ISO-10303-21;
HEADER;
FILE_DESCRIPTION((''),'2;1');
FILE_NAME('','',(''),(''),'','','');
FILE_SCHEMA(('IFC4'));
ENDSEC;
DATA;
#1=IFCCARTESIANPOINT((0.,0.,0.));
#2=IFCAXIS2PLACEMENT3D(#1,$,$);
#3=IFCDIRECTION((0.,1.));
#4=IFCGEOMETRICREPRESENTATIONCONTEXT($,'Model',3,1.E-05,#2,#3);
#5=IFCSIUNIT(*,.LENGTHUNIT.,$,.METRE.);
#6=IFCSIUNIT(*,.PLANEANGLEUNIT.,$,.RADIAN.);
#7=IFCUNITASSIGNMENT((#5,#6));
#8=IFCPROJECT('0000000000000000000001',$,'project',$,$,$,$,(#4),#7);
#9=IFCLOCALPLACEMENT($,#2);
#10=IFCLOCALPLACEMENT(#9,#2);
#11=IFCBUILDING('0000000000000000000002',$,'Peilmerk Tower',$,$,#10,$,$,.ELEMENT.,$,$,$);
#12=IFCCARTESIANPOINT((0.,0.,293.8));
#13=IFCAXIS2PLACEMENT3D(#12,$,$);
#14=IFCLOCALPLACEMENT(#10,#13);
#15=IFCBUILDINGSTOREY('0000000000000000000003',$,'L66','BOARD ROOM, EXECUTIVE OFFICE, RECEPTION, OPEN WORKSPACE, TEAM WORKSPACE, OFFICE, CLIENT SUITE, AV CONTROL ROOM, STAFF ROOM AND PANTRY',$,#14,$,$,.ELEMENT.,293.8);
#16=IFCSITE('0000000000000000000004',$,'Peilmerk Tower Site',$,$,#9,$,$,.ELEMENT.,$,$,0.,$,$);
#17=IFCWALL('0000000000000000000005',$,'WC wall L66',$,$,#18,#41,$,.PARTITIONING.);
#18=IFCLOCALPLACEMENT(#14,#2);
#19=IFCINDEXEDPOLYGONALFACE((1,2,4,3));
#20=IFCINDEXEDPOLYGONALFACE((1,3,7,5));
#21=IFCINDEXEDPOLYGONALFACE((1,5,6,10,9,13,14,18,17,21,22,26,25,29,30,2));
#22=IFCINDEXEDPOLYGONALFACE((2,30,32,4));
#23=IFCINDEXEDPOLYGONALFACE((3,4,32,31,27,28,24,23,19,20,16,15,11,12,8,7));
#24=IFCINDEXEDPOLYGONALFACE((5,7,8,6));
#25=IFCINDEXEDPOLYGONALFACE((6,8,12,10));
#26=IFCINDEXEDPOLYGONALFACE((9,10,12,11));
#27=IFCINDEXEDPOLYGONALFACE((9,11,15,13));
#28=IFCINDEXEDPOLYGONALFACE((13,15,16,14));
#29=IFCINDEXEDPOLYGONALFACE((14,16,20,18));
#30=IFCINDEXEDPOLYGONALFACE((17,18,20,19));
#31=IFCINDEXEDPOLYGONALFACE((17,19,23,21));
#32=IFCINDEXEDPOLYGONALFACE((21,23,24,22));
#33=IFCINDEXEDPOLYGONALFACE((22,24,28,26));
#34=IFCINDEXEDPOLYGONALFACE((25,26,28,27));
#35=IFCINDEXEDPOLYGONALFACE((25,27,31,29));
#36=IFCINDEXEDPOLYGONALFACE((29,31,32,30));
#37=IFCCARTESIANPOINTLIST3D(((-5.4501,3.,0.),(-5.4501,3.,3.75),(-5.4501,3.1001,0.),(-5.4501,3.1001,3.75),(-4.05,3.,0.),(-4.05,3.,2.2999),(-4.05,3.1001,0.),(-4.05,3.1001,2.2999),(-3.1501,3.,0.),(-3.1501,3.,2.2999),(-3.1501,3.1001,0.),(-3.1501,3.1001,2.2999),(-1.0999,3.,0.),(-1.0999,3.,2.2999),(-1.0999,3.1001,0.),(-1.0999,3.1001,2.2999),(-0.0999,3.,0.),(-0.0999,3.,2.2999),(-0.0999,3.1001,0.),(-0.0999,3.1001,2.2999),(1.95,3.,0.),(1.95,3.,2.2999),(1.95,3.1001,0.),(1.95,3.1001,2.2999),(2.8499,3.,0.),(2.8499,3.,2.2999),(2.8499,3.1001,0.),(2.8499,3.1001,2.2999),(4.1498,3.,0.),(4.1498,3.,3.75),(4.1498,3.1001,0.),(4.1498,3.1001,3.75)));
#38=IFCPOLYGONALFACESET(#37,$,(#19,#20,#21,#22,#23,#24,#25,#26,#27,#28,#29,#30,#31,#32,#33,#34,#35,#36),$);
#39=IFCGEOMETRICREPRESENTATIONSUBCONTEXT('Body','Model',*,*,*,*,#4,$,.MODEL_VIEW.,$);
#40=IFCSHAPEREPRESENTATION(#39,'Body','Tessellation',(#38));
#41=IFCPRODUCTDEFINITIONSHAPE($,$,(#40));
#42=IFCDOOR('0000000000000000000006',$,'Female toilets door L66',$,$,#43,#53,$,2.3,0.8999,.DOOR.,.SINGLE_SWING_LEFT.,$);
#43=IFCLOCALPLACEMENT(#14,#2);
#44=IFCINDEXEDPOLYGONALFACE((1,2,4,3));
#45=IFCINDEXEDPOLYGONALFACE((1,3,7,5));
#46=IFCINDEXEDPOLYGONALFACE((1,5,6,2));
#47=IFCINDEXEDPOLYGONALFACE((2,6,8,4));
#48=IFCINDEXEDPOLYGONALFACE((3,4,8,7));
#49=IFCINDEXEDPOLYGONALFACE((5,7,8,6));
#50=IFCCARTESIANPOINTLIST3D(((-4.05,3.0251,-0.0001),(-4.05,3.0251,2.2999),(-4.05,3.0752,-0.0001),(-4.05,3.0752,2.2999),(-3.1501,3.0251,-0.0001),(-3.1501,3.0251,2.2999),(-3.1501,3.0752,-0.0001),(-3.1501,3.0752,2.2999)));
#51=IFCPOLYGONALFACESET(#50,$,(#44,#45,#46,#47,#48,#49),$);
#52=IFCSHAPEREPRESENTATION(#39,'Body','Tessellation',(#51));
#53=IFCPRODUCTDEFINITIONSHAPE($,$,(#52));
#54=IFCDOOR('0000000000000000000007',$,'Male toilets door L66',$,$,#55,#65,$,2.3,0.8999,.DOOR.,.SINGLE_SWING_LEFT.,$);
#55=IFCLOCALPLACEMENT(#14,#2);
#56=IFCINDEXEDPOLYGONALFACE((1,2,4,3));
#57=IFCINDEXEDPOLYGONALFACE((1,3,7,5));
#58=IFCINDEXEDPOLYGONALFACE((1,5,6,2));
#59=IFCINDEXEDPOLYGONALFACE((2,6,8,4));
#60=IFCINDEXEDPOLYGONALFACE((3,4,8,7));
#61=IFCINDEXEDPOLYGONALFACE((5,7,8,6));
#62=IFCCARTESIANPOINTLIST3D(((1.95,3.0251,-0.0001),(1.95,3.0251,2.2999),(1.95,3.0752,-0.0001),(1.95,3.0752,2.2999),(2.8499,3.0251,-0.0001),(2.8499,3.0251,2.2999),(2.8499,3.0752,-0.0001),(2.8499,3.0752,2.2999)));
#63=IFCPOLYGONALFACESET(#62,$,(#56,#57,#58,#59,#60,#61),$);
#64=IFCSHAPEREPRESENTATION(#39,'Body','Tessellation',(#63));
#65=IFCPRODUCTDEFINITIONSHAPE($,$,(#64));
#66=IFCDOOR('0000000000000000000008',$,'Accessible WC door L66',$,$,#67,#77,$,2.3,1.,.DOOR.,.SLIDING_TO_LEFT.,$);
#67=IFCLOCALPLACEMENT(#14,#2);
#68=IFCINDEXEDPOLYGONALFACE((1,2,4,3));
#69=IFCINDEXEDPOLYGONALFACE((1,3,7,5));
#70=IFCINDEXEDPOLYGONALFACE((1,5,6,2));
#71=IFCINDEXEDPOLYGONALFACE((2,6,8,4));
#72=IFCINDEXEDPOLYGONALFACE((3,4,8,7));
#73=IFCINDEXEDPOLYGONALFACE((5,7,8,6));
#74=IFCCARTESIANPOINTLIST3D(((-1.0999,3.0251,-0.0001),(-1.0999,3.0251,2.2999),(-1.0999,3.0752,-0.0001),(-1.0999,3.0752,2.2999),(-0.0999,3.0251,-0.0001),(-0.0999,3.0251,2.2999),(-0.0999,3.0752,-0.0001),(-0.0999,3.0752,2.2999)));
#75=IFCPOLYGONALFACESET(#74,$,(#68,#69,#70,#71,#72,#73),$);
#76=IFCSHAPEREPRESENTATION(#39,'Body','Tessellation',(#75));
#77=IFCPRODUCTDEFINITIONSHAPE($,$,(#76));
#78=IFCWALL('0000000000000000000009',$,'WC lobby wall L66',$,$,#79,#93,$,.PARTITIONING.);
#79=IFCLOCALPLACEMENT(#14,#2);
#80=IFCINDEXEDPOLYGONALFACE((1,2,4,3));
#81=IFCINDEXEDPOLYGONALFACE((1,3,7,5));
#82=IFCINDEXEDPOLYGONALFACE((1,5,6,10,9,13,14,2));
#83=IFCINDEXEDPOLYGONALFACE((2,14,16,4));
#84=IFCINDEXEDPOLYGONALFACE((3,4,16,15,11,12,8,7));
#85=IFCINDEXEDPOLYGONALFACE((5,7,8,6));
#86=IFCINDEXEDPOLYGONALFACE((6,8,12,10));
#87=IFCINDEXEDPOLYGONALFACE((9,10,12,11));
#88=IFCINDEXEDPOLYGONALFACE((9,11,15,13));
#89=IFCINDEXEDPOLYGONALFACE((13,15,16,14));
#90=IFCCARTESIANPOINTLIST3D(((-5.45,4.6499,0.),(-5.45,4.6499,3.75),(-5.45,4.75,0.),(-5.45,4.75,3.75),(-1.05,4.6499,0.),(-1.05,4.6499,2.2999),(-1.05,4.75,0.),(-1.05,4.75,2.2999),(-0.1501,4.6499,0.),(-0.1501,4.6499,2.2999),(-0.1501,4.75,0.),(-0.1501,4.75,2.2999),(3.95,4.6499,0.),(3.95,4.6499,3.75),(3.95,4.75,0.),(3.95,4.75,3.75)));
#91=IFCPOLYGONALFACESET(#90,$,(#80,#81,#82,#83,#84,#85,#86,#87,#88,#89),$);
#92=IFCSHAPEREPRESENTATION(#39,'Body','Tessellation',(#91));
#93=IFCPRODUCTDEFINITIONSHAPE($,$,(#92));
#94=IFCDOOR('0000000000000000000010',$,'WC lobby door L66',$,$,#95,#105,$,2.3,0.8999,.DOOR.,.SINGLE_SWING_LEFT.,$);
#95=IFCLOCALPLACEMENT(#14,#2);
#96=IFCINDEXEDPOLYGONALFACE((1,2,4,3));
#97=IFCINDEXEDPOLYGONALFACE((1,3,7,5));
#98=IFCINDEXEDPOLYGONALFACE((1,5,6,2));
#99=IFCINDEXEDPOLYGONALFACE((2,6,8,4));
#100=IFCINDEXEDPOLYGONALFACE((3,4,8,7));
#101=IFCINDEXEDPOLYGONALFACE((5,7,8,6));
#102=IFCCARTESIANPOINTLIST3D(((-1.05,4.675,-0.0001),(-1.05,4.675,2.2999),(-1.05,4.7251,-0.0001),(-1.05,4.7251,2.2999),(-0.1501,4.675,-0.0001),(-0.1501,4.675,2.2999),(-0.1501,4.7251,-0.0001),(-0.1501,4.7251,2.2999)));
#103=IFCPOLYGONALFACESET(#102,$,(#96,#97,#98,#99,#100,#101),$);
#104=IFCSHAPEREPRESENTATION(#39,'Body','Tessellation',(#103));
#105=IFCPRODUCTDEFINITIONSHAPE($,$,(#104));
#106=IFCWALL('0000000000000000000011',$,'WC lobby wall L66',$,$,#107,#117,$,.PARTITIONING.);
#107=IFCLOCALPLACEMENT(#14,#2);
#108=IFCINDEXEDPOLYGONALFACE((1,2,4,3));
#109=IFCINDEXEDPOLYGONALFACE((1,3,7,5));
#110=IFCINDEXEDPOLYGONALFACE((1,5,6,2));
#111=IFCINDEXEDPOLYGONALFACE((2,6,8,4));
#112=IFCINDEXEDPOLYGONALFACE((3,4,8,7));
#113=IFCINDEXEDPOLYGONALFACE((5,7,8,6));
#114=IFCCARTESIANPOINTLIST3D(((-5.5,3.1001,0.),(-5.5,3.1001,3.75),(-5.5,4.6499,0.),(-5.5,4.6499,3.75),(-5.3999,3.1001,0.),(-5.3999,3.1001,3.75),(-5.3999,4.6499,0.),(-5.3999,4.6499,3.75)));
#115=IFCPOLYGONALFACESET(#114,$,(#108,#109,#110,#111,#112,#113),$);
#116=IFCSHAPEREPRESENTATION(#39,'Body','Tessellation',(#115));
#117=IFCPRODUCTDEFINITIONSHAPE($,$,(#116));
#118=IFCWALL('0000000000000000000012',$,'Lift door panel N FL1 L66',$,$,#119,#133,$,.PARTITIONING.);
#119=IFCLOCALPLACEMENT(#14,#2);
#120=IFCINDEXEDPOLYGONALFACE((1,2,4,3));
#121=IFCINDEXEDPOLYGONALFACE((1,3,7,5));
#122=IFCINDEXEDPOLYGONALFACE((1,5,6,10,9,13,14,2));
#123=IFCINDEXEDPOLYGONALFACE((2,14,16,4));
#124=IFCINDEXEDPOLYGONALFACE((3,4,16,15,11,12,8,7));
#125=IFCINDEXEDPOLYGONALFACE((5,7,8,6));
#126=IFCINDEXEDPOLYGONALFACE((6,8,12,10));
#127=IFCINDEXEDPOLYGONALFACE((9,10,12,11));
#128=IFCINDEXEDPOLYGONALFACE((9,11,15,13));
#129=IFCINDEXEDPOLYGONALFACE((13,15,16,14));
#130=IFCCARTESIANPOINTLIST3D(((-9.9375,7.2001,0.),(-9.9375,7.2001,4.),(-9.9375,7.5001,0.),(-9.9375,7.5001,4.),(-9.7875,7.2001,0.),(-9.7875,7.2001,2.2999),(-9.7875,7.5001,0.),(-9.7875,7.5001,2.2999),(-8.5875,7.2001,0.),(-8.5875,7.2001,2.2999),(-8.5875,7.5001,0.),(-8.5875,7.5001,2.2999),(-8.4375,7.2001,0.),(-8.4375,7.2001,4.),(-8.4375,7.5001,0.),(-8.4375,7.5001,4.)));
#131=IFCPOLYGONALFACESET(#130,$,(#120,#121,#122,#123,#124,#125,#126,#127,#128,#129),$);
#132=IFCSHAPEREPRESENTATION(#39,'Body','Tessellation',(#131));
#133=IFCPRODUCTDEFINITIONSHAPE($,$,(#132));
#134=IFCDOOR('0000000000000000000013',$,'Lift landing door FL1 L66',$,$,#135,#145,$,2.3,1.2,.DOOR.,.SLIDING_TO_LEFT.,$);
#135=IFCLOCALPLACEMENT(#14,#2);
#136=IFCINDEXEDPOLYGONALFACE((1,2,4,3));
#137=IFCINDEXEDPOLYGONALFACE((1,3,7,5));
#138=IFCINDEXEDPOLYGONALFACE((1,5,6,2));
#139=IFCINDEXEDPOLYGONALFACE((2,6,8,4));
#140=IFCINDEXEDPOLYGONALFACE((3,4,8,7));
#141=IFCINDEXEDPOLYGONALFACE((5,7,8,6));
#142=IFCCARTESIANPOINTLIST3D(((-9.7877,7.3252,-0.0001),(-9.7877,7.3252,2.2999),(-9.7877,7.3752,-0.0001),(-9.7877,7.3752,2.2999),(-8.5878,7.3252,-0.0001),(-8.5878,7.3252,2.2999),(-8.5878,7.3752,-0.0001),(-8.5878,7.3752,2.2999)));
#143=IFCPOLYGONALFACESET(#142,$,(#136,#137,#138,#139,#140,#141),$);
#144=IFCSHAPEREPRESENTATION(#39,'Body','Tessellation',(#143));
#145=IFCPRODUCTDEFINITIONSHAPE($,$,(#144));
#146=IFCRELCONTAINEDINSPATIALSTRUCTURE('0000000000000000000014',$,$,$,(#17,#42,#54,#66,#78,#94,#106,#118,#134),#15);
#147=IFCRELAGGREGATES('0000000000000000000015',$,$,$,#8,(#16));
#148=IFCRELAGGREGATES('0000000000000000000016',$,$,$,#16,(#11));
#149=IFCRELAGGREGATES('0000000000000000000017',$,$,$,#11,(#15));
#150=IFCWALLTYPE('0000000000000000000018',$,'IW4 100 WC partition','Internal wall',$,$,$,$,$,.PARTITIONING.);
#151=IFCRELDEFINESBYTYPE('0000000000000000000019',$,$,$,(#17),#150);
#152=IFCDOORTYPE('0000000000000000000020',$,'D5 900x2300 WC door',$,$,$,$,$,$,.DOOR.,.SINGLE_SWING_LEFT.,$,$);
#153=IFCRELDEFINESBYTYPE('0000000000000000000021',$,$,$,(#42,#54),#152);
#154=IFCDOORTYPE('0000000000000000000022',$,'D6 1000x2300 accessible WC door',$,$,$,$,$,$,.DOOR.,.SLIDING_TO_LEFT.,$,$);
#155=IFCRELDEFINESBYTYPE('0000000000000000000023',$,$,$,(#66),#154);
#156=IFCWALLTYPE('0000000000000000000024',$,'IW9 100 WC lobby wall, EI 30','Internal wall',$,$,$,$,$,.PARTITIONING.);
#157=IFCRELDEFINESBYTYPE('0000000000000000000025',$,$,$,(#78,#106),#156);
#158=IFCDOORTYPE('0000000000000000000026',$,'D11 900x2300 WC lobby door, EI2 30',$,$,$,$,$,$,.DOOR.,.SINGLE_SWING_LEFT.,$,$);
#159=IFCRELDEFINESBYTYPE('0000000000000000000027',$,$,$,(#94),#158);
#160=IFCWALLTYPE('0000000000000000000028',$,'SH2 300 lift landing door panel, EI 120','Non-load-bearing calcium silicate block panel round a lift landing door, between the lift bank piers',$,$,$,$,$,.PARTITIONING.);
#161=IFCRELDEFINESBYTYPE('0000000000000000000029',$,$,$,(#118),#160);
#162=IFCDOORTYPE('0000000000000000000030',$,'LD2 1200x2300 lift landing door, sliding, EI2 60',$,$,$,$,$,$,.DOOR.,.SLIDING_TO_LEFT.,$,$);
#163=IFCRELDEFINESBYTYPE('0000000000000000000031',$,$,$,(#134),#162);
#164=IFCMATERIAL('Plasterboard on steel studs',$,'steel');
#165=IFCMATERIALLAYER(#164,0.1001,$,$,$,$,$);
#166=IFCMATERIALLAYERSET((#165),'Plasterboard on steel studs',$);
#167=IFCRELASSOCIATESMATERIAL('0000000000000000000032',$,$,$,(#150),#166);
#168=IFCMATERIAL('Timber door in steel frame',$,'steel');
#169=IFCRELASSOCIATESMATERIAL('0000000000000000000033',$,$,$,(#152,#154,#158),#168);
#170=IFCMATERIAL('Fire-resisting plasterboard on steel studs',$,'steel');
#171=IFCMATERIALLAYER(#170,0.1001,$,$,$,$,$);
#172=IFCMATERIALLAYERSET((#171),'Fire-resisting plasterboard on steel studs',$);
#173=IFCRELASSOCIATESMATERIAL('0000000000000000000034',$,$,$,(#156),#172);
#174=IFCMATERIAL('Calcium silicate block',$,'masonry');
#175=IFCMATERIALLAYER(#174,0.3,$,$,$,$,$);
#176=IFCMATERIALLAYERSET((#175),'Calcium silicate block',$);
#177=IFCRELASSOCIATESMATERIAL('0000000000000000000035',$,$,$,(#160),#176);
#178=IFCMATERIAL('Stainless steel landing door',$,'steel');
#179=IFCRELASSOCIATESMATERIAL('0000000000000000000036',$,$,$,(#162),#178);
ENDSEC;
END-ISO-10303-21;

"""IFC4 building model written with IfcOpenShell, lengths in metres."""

from ifc_helpers import new_model, si_unit, direction, frame, frame_2d, origin, place, context, subcontext, project, spatial, rectangle, extrude, material, layer, layer_set, type_object, element, fill, save


model = new_model("IFC4")

# Units and contexts
model_context = context("Model", 3, precision=1e-05, world=origin(), true_north=direction((0.0, 1.0)))
body_context = subcontext(model_context, "Body", "Model", "MODEL_VIEW")
ifc_project = project(units=[si_unit("LENGTHUNIT", "METRE"), si_unit("PLANEANGLEUNIT", "RADIAN")], contexts=[model_context])

# Site, building, storey
site_placement = place(None, origin())
site = spatial("IfcSite", under=ifc_project, at=site_placement, Name="Peilmerk Tower Site", CompositionType="ELEMENT", RefElevation=0.0)
building_placement = place(site_placement, origin())
building = spatial("IfcBuilding", under=site, at=building_placement, Name="Peilmerk Tower", CompositionType="ELEMENT")
storey_placement = place(building_placement, frame((0.0, 0.0, 293.8)))
storey = spatial("IfcBuildingStorey", under=building, at=storey_placement, Name="L66", Description="BOARD ROOM, EXECUTIVE OFFICE, RECEPTION, OPEN WORKSPACE, TEAM WORKSPACE, OFFICE, CLIENT SUITE, AV CONTROL ROOM, STAFF ROOM AND PANTRY", CompositionType="ELEMENT", Elevation=293.8)

# Wall, openings, doors
ifc_material_1 = material(Name="Plasterboard on steel studs", Category="steel")
ifc_layer_1 = layer(ifc_material_1, 0.1001)
ifc_layer_set_1 = layer_set([ifc_layer_1], Name="Plasterboard on steel studs")
wall_type_1 = type_object("IfcWallType", Name="IW4 100 WC partition", Description="Internal wall", PredefinedType="PARTITIONING", material=ifc_layer_set_1)
wall_1_placement = place(storey_placement, frame((-5.45, 3.05, 0.0), z_axis=(0.0, 0.0, 1.0), x_axis=(1.0, 0.0, 0.0)))
wall_1 = element("IfcWall", 1, at=wall_1_placement, inside=storey, type_object=wall_type_1, Name="WC wall L66", PredefinedType="PARTITIONING", context=body_context, shape_type="SweptSolid", body=[
    extrude(rectangle(XDim=9.5999, YDim=0.1001, at=frame_2d((4.7998, 0.0))), origin(), (0.0, 0.0, 1.0), 3.75),
])
opening_1_placement = place(wall_1_placement, frame((1.3999, 0.0, 0.0)))
opening_1 = element("IfcOpeningElement", 2, at=opening_1_placement, cuts=wall_1, PredefinedType="OPENING", context=body_context, shape_type="SweptSolid", body=[
    extrude(rectangle(XDim=0.8999, YDim=2.3, at=frame_2d((0.45, 1.1499))), frame((0.0, 0.0601, 0.0), z_axis=(0.0, -1.0, 0.0), x_axis=(1.0, 0.0, 0.0)), (0.0, 0.0, 1.0), 0.1201),
])
opening_2_placement = place(wall_1_placement, frame((4.3501, 0.0, 0.0)))
opening_2 = element("IfcOpeningElement", 3, at=opening_2_placement, cuts=wall_1, PredefinedType="OPENING", context=body_context, shape_type="SweptSolid", body=[
    extrude(rectangle(XDim=1.0, YDim=2.3, at=frame_2d((0.5, 1.1499))), frame((0.0, 0.0601, 0.0), z_axis=(0.0, -1.0, 0.0), x_axis=(1.0, 0.0, 0.0)), (0.0, 0.0, 1.0), 0.1201),
])
opening_3_placement = place(wall_1_placement, frame((7.3999, 0.0, 0.0)))
opening_3 = element("IfcOpeningElement", 4, at=opening_3_placement, cuts=wall_1, PredefinedType="OPENING", context=body_context, shape_type="SweptSolid", body=[
    extrude(rectangle(XDim=0.8999, YDim=2.3, at=frame_2d((0.45, 1.1499))), frame((0.0, 0.0601, 0.0), z_axis=(0.0, -1.0, 0.0), x_axis=(1.0, 0.0, 0.0)), (0.0, 0.0, 1.0), 0.1201),
])
ifc_material_2 = material(Name="Timber door in steel frame", Category="steel")
door_type_1 = type_object("IfcDoorType", Name="D5 900x2300 WC door", OperationType="SINGLE_SWING_LEFT", PredefinedType="DOOR", material=ifc_material_2)
door_1_placement = place(opening_1_placement, frame((0.8999, 0.0, 0.0), z_axis=(0.0, 0.0, 1.0), x_axis=(-1.0, 0.0, 0.0)))
door_1 = element("IfcDoor", 5, at=door_1_placement, inside=storey, type_object=door_type_1, Name="Female toilets door L66", OperationType="SINGLE_SWING_LEFT", OverallHeight=2.3, OverallWidth=0.8999, PredefinedType="DOOR", context=body_context, shape_type="SweptSolid", body=[
    extrude(rectangle(XDim=0.8999, YDim=2.3, at=frame_2d((0.45, 1.1499))), frame((0.0, 0.0249, 0.0), z_axis=(0.0, -1.0, 0.0), x_axis=(1.0, 0.0, 0.0)), (0.0, 0.0, 1.0), 0.05),
])
fill(opening_1, door_1)
door_2_placement = place(opening_3_placement, frame((0.8999, 0.0, 0.0), z_axis=(0.0, 0.0, 1.0), x_axis=(-1.0, 0.0, 0.0)))
door_2 = element("IfcDoor", 6, at=door_2_placement, inside=storey, type_object=door_type_1, Name="Male toilets door L66", OperationType="SINGLE_SWING_LEFT", OverallHeight=2.3, OverallWidth=0.8999, PredefinedType="DOOR", context=body_context, shape_type="SweptSolid", body=[
    extrude(rectangle(XDim=0.8999, YDim=2.3, at=frame_2d((0.45, 1.1499))), frame((0.0, 0.0249, 0.0), z_axis=(0.0, -1.0, 0.0), x_axis=(1.0, 0.0, 0.0)), (0.0, 0.0, 1.0), 0.05),
])
fill(opening_3, door_2)
door_type_2 = type_object("IfcDoorType", Name="D6 1000x2300 accessible WC door", OperationType="SLIDING_TO_LEFT", PredefinedType="DOOR", material=ifc_material_2)
door_3_placement = place(opening_2_placement, frame((1.0, 0.0, 0.0), z_axis=(0.0, 0.0, 1.0), x_axis=(-1.0, 0.0, 0.0)))
door_3 = element("IfcDoor", 7, at=door_3_placement, inside=storey, type_object=door_type_2, Name="Accessible WC door L66", OperationType="SLIDING_TO_LEFT", OverallHeight=2.3, OverallWidth=1.0, PredefinedType="DOOR", context=body_context, shape_type="SweptSolid", body=[
    extrude(rectangle(XDim=1.0, YDim=2.3, at=frame_2d((0.5, 1.1499))), frame((0.0, 0.0249, 0.0), z_axis=(0.0, -1.0, 0.0), x_axis=(1.0, 0.0, 0.0)), (0.0, 0.0, 1.0), 0.05),
])
fill(opening_2, door_3)

# Wall, opening, door
ifc_material_3 = material(Name="Fire-resisting plasterboard on steel studs", Category="steel")
ifc_layer_2 = layer(ifc_material_3, 0.1001)
ifc_layer_set_2 = layer_set([ifc_layer_2], Name="Fire-resisting plasterboard on steel studs")
wall_type_2 = type_object("IfcWallType", Name="IW9 100 WC lobby wall, EI 30", Description="Internal wall", PredefinedType="PARTITIONING", material=ifc_layer_set_2)
wall_2_placement = place(storey_placement, frame((-5.45, 4.7, 0.0), z_axis=(0.0, 0.0, 1.0), x_axis=(1.0, 0.0, 0.0)))
wall_2 = element("IfcWall", 8, at=wall_2_placement, inside=storey, type_object=wall_type_2, Name="WC lobby wall L66", PredefinedType="PARTITIONING", context=body_context, shape_type="SweptSolid", body=[
    extrude(rectangle(XDim=9.3999, YDim=0.1001, at=frame_2d((4.7, 0.0))), origin(), (0.0, 0.0, 1.0), 3.75),
])
opening_4_placement = place(wall_2_placement, frame((4.3999, 0.0, 0.0)))
opening_4 = element("IfcOpeningElement", 9, at=opening_4_placement, cuts=wall_2, PredefinedType="OPENING", context=body_context, shape_type="SweptSolid", body=[
    extrude(rectangle(XDim=0.8999, YDim=2.3, at=frame_2d((0.45, 1.1499))), frame((0.0, 0.0601, 0.0), z_axis=(0.0, -1.0, 0.0), x_axis=(1.0, 0.0, 0.0)), (0.0, 0.0, 1.0), 0.1201),
])
door_type_3 = type_object("IfcDoorType", Name="D11 900x2300 WC lobby door, EI2 30", OperationType="SINGLE_SWING_LEFT", PredefinedType="DOOR", material=ifc_material_2)
door_4_placement = place(opening_4_placement, frame((0.8999, 0.0, 0.0), z_axis=(0.0, 0.0, 1.0), x_axis=(-1.0, 0.0, 0.0)))
door_4 = element("IfcDoor", 10, at=door_4_placement, inside=storey, type_object=door_type_3, Name="WC lobby door L66", OperationType="SINGLE_SWING_LEFT", OverallHeight=2.3, OverallWidth=0.8999, PredefinedType="DOOR", context=body_context, shape_type="SweptSolid", body=[
    extrude(rectangle(XDim=0.8999, YDim=2.3, at=frame_2d((0.45, 1.1499))), frame((0.0, 0.0249, 0.0), z_axis=(0.0, -1.0, 0.0), x_axis=(1.0, 0.0, 0.0)), (0.0, 0.0, 1.0), 0.05),
])
fill(opening_4, door_4)

# Wall
wall_3_placement = place(storey_placement, frame((-5.45, 3.1001, 0.0), z_axis=(0.0, 0.0, 1.0), x_axis=(0.0, 1.0, 0.0)))
element("IfcWall", 11, at=wall_3_placement, inside=storey, type_object=wall_type_2, Name="WC lobby wall L66", PredefinedType="PARTITIONING", context=body_context, shape_type="SweptSolid", body=[
    extrude(rectangle(XDim=1.5498, YDim=0.1001, at=frame_2d((0.7749, 0.0))), origin(), (0.0, 0.0, 1.0), 3.75),
])

# Wall, opening, door
ifc_material_4 = material(Name="Calcium silicate block", Category="masonry")
ifc_layer_3 = layer(ifc_material_4, 0.3)
ifc_layer_set_3 = layer_set([ifc_layer_3], Name="Calcium silicate block")
wall_type_3 = type_object("IfcWallType", Name="SH2 300 lift landing door panel, EI 120", Description="Non-load-bearing calcium silicate block panel round a lift landing door, between the lift bank piers", PredefinedType="PARTITIONING", material=ifc_layer_set_3)
wall_4_placement = place(storey_placement, frame((-9.9375, 7.3501, 0.0), z_axis=(0.0, 0.0, 1.0), x_axis=(1.0, 0.0, 0.0)))
wall_4 = element("IfcWall", 12, at=wall_4_placement, inside=storey, type_object=wall_type_3, Name="Lift door panel N FL1 L66", PredefinedType="PARTITIONING", context=body_context, shape_type="SweptSolid", body=[
    extrude(rectangle(XDim=1.5, YDim=0.3, at=frame_2d((0.75, 0.0))), origin(), (0.0, 0.0, 1.0), 4.0),
])
opening_5_placement = place(wall_4_placement, frame((0.1499, 0.0, 0.0)))
opening_5 = element("IfcOpeningElement", 13, at=opening_5_placement, cuts=wall_4, PredefinedType="OPENING", context=body_context, shape_type="SweptSolid", body=[
    extrude(rectangle(XDim=1.2, YDim=2.3, at=frame_2d((0.6001, 1.1499))), frame((0.0, 0.1599, 0.0), z_axis=(0.0, -1.0, 0.0), x_axis=(1.0, 0.0, 0.0)), (0.0, 0.0, 1.0), 0.3201),
])
ifc_material_5 = material(Name="Stainless steel landing door", Category="steel")
door_type_4 = type_object("IfcDoorType", Name="LD2 1200x2300 lift landing door, sliding, EI2 60", OperationType="SLIDING_TO_LEFT", PredefinedType="DOOR", material=ifc_material_5)
door_5_placement = place(opening_5_placement, frame((1.2, 0.0, 0.0), z_axis=(0.0, 0.0, 1.0), x_axis=(-1.0, 0.0, 0.0)))
door_5 = element("IfcDoor", 14, at=door_5_placement, inside=storey, type_object=door_type_4, Name="Lift landing door FL1 L66", OperationType="SLIDING_TO_LEFT", OverallHeight=2.3, OverallWidth=1.2, PredefinedType="DOOR", context=body_context, shape_type="SweptSolid", body=[
    extrude(rectangle(XDim=1.2, YDim=2.3, at=frame_2d((0.6001, 1.1499))), frame((0.0, 0.0249, 0.0), z_axis=(0.0, -1.0, 0.0), x_axis=(1.0, 0.0, 0.0)), (0.0, 0.0, 1.0), 0.05),
])
fill(opening_5, door_5)

save(model, "model.ifc")
